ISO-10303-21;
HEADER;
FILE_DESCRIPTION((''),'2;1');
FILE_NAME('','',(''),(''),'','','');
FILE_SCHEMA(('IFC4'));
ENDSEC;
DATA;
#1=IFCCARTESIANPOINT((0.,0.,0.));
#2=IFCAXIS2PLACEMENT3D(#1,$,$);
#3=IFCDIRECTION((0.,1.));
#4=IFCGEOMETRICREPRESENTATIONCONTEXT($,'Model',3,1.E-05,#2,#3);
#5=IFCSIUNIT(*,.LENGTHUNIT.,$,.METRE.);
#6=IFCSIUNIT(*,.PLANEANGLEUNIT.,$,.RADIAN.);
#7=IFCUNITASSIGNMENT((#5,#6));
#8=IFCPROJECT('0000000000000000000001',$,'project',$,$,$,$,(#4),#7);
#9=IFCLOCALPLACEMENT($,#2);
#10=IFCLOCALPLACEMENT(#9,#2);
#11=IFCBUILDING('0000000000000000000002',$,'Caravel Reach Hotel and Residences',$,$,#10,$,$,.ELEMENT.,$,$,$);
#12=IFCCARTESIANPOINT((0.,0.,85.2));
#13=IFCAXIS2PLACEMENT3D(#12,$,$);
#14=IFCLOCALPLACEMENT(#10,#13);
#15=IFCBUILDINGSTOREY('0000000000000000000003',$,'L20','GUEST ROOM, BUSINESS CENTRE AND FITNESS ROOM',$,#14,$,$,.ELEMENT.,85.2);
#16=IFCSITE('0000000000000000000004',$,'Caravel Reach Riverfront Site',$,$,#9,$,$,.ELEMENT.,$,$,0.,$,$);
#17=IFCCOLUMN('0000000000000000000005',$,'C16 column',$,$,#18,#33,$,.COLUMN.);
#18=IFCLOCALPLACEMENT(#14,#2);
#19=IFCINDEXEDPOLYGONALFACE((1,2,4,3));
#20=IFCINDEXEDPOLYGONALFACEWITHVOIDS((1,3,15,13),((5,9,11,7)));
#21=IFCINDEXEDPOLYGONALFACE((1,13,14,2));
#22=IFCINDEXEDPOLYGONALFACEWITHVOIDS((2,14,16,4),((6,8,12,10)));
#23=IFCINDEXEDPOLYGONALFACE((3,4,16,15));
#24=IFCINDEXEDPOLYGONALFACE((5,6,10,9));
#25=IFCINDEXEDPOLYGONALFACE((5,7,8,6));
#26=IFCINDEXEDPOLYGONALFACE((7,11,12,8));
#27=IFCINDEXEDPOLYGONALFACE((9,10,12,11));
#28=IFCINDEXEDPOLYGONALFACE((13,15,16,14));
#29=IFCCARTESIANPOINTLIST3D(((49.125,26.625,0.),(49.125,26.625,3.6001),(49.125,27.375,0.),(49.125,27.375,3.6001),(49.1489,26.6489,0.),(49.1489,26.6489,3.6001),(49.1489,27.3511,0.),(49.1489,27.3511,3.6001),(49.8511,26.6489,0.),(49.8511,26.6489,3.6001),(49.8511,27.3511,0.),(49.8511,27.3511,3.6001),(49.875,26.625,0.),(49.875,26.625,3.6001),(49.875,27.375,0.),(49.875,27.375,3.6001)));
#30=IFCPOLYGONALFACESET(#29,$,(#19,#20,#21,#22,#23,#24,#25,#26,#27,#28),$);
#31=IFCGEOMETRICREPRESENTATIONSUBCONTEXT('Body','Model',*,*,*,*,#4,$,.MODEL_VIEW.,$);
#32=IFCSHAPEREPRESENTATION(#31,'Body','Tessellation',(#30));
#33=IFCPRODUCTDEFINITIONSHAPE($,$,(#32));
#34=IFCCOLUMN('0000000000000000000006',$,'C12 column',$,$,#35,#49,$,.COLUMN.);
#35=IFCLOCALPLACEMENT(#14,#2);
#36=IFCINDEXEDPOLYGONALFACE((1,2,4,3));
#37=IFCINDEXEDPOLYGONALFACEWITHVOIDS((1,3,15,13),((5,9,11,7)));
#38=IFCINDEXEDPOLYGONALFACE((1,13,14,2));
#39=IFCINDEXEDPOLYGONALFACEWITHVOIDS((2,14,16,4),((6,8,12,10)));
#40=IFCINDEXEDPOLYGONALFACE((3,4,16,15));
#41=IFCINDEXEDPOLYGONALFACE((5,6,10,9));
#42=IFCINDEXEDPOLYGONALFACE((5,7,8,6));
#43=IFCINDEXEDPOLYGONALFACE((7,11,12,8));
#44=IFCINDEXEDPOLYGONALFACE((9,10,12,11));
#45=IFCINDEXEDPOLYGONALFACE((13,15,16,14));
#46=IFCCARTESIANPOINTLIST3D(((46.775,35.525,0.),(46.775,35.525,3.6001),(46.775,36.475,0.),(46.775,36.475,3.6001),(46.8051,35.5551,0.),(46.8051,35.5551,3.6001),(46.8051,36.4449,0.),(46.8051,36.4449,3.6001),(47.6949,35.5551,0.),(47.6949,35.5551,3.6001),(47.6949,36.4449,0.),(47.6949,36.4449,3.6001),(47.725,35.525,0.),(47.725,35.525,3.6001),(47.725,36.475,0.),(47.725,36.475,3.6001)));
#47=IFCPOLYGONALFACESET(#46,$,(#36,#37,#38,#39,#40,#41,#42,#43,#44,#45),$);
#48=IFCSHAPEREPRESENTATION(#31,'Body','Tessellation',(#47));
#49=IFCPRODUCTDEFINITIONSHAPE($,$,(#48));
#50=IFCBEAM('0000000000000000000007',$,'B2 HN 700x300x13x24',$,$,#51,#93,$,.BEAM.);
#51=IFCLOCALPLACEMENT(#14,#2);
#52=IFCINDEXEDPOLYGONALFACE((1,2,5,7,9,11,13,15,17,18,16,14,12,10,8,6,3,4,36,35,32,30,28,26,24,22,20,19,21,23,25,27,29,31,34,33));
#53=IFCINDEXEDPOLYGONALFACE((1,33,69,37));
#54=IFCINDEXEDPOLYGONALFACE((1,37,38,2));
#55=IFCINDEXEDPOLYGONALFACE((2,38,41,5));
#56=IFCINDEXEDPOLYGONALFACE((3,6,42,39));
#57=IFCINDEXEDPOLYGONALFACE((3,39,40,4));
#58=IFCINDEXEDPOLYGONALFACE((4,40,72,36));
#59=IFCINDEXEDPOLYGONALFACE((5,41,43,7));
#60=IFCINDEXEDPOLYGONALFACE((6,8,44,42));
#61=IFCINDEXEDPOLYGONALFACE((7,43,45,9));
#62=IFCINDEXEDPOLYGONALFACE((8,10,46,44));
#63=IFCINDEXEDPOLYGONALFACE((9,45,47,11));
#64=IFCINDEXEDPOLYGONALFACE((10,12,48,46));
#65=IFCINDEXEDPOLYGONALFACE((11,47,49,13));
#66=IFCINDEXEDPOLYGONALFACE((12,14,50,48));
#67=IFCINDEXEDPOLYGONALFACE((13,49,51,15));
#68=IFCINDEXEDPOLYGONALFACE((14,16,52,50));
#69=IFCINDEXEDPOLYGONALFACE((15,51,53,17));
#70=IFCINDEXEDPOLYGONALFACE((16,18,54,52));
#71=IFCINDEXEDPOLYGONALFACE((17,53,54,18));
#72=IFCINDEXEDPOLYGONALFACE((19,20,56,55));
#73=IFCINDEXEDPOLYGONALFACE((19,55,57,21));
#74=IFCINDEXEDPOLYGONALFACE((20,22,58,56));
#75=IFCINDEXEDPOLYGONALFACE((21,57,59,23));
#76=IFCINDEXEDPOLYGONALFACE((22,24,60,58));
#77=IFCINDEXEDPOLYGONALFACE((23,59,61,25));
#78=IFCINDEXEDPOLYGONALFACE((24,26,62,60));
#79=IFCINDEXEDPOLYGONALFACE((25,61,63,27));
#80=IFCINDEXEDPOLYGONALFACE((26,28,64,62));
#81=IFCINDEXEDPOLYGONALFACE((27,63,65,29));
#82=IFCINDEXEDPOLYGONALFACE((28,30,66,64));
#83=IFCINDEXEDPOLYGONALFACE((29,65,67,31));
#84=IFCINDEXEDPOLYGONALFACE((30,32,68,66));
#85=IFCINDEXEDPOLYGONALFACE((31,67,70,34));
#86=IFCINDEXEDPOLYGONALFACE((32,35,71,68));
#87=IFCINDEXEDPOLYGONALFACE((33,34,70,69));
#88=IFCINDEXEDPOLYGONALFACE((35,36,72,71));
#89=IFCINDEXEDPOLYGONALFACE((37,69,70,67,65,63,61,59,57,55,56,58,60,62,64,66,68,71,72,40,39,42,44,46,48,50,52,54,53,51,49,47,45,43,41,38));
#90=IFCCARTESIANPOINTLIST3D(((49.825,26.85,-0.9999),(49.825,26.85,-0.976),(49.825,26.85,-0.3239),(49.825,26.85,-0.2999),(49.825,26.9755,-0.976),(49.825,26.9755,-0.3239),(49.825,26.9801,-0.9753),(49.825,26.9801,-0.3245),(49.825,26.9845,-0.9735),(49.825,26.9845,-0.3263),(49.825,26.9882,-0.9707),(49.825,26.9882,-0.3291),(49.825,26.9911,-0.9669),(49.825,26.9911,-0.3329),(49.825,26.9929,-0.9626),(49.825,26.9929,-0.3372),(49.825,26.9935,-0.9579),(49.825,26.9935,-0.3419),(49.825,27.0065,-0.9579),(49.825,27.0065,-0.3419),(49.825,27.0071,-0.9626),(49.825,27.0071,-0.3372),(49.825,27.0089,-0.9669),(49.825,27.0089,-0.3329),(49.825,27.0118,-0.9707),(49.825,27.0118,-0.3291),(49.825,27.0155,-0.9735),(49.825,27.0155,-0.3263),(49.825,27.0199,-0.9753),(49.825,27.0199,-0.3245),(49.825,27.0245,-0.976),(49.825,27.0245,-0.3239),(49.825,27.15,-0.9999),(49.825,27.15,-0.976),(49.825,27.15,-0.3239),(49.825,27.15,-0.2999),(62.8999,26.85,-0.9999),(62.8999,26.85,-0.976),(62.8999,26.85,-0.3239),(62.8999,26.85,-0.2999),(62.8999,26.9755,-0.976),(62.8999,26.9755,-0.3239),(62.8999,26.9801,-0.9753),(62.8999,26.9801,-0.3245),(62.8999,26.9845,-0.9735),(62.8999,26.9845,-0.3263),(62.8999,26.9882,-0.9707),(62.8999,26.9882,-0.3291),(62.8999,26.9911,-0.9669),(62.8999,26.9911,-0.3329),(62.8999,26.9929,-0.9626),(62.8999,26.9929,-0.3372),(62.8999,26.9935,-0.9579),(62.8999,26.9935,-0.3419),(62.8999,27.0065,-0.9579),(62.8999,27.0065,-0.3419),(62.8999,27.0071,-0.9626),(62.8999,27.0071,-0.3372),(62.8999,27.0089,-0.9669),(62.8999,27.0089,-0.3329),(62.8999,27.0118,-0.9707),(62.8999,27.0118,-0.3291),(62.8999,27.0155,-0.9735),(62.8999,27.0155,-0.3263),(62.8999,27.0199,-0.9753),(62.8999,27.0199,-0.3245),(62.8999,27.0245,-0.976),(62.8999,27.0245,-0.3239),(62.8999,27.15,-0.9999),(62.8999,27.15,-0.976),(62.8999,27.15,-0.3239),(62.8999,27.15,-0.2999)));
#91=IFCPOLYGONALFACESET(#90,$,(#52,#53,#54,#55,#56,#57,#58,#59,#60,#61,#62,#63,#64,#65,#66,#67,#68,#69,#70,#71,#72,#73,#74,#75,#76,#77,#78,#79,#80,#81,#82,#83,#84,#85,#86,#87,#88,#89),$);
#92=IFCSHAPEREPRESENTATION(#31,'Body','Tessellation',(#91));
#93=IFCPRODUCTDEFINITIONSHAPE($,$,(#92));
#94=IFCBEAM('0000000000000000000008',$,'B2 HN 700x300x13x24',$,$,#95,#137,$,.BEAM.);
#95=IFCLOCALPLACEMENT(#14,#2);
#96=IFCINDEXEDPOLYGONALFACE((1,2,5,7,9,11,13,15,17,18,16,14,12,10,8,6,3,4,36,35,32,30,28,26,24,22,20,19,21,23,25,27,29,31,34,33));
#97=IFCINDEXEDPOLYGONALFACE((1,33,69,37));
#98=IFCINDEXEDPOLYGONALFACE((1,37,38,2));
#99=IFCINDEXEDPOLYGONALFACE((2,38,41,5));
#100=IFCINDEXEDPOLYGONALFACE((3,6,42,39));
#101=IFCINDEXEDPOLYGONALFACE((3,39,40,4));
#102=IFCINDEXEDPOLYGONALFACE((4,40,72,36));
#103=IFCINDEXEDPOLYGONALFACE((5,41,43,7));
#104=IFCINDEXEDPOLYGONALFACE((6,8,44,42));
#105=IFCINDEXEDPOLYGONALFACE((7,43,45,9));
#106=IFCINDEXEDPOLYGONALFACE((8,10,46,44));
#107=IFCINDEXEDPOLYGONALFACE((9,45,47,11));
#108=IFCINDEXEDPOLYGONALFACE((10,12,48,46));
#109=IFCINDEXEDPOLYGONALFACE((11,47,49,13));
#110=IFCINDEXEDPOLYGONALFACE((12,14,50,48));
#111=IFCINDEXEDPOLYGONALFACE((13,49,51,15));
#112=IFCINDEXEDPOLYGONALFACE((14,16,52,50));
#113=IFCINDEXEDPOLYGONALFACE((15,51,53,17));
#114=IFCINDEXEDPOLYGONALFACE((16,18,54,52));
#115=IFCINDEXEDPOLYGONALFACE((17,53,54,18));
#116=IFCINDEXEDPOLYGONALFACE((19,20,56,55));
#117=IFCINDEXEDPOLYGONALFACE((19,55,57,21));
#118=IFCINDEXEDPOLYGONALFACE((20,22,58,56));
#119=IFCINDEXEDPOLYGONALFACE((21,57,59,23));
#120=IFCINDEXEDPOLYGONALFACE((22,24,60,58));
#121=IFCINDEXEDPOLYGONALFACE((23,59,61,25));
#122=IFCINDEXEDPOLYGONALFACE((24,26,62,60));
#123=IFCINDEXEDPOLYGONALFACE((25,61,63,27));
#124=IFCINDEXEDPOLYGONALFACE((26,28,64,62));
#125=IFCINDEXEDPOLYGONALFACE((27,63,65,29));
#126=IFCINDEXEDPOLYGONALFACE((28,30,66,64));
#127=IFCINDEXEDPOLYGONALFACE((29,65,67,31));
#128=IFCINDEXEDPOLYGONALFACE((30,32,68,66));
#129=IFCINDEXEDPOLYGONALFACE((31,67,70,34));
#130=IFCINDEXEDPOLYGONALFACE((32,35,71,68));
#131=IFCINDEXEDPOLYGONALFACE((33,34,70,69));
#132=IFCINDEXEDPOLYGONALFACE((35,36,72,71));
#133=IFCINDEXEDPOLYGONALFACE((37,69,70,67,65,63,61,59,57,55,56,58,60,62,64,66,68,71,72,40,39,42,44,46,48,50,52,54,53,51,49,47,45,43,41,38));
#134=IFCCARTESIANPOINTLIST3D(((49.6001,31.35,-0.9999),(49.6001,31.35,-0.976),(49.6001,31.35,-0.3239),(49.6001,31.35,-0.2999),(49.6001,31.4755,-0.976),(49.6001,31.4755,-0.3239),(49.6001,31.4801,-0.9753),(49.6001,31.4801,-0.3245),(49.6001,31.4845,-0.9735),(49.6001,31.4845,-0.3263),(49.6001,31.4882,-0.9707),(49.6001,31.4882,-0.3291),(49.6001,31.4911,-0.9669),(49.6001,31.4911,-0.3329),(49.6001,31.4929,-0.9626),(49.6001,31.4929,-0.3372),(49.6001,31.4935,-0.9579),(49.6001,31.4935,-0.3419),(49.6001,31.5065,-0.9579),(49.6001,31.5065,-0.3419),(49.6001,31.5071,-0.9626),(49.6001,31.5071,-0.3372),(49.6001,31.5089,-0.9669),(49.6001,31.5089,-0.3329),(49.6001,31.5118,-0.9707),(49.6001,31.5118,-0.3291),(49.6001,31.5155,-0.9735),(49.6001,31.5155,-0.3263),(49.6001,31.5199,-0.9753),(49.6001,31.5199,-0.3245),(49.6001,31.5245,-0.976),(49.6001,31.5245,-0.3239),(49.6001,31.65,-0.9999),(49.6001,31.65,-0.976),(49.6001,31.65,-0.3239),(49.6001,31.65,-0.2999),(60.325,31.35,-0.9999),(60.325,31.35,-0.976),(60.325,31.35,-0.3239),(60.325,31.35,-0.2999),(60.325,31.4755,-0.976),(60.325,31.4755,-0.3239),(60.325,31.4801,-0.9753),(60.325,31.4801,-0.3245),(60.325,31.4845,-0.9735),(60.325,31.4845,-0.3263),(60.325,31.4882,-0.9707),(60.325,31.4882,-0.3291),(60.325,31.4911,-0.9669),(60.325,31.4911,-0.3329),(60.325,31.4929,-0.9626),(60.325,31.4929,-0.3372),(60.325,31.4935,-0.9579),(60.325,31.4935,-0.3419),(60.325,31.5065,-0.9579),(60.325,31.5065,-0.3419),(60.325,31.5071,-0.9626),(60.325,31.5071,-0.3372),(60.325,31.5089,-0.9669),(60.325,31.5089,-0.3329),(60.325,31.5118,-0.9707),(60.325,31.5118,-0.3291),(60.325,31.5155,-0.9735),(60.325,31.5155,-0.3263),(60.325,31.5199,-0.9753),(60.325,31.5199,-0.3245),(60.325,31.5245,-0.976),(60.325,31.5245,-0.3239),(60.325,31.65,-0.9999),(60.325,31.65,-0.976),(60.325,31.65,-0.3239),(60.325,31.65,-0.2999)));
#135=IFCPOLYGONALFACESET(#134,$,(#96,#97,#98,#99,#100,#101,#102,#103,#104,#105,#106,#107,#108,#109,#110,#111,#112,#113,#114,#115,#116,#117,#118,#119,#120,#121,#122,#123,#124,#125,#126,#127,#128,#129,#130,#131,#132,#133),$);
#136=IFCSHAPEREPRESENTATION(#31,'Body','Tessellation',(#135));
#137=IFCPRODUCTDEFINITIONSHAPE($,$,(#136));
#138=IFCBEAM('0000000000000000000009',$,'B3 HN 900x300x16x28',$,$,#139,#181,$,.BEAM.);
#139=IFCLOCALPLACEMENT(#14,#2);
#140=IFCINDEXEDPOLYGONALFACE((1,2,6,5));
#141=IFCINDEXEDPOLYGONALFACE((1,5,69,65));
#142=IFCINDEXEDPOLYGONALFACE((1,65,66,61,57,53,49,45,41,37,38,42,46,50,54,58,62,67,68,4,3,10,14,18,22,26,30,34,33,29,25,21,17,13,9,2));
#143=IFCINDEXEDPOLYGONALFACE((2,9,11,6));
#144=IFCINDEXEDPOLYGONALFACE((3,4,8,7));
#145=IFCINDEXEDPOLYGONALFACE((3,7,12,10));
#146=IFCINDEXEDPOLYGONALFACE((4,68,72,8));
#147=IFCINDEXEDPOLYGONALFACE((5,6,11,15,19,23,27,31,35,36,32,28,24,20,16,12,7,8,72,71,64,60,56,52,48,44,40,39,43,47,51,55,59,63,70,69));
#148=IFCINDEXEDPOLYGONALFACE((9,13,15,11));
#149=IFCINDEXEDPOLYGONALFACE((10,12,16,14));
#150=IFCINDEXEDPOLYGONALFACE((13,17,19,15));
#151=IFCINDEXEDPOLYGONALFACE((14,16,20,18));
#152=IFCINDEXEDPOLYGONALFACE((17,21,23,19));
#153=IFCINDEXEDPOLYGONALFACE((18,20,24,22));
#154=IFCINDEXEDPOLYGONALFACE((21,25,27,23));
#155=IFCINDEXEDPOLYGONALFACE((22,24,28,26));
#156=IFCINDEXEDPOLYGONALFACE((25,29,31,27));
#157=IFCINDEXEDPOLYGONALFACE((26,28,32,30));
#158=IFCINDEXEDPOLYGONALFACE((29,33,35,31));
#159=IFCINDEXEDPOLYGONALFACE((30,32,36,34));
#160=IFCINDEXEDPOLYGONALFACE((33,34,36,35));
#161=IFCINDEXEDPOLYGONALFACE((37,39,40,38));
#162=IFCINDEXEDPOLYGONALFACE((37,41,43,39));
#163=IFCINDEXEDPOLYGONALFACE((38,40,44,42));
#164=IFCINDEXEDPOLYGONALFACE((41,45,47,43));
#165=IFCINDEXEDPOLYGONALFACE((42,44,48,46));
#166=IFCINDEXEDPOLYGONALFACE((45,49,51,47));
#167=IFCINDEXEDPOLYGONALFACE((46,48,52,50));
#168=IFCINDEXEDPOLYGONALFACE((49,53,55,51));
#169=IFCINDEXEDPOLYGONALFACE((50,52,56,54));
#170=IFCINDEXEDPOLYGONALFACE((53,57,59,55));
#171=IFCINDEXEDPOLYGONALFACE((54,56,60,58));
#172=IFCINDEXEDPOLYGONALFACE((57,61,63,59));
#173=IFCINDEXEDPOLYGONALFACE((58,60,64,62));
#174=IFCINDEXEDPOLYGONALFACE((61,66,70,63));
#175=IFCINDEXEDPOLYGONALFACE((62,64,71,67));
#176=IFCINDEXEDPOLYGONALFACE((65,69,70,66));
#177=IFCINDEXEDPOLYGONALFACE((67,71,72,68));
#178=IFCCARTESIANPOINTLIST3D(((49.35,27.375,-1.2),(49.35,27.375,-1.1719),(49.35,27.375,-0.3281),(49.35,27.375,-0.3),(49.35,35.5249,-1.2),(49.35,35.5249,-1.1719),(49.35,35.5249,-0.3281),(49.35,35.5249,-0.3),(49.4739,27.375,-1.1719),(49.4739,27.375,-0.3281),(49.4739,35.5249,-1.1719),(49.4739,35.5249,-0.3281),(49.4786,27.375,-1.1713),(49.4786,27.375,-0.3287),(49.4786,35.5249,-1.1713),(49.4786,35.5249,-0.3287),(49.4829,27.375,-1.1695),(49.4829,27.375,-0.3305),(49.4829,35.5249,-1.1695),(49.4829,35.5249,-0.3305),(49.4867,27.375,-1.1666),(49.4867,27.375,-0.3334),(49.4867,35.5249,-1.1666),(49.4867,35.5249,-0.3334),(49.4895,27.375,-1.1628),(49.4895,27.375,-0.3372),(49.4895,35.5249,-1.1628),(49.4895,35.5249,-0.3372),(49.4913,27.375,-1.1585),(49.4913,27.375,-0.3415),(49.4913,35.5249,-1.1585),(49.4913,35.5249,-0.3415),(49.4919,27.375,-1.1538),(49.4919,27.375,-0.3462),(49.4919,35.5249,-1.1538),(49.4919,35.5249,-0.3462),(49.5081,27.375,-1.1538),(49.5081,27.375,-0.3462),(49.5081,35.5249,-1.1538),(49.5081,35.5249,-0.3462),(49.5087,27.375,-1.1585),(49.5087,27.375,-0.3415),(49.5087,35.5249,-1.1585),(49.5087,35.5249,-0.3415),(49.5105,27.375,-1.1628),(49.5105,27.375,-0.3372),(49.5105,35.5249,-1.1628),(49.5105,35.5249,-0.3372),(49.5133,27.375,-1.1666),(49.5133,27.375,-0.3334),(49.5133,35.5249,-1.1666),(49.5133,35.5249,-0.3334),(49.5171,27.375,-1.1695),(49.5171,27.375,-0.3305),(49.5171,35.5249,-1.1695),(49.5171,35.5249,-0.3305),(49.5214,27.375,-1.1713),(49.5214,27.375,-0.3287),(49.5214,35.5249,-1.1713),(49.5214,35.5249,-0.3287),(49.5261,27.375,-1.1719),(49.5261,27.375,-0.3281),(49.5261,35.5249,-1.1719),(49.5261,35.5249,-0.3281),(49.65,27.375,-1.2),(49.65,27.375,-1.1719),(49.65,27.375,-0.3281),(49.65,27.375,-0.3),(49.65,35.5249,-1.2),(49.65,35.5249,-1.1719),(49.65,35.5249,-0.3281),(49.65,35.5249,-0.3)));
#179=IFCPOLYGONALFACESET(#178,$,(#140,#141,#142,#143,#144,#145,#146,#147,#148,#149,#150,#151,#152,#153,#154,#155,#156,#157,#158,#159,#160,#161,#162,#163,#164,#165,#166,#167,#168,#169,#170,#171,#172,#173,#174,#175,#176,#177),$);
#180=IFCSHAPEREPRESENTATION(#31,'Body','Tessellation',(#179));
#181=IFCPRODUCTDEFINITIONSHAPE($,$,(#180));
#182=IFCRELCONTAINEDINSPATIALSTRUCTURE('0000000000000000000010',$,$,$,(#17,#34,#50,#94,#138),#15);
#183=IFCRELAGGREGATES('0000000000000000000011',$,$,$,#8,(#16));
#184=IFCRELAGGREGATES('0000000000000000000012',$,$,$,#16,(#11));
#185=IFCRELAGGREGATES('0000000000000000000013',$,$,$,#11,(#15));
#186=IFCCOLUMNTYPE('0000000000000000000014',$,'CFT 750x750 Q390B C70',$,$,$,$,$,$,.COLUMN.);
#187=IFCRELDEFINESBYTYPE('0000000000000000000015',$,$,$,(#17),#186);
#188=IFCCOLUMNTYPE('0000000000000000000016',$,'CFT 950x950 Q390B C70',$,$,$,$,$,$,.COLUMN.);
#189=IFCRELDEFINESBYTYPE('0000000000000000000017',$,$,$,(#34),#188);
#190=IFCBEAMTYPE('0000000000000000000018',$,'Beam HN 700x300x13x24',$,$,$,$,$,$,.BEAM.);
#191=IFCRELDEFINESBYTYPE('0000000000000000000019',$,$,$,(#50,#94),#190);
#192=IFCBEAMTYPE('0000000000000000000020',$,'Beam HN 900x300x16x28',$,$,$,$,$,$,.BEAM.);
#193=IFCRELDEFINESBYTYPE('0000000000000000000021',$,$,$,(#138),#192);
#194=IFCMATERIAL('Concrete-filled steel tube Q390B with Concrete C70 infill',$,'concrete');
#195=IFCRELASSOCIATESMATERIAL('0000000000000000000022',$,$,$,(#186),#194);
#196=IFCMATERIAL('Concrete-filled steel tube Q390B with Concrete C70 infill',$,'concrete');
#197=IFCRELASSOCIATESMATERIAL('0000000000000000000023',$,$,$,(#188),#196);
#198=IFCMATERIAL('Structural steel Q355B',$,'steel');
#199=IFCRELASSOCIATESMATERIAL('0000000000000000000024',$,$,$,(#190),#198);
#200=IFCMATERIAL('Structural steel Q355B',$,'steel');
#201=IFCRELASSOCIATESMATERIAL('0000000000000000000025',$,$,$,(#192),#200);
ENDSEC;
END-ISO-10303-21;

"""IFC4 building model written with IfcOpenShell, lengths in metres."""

from ifc_helpers import new_model, si_unit, direction, frame, origin, origin_2d, place, context, subcontext, project, spatial, hollow_rectangle, i_section, extrude, material, material_profile, profile_set, type_object, element, save


model = new_model("IFC4")

# Units and contexts
model_context = context("Model", 3, precision=1e-05, world=origin(), true_north=direction((0.0, 1.0)))
body_context = subcontext(model_context, "Body", "Model", "MODEL_VIEW")
ifc_project = project(units=[si_unit("LENGTHUNIT", "METRE"), si_unit("PLANEANGLEUNIT", "RADIAN")], contexts=[model_context])

# Site, building, storey
site_placement = place(None, origin())
site = spatial("IfcSite", under=ifc_project, at=site_placement, Name="Caravel Reach Riverfront Site", CompositionType="ELEMENT", RefElevation=0.0)
building_placement = place(site_placement, origin())
building = spatial("IfcBuilding", under=site, at=building_placement, Name="Caravel Reach Hotel and Residences", CompositionType="ELEMENT")
storey_placement = place(building_placement, frame((0.0, 0.0, 85.2)))
storey = spatial("IfcBuildingStorey", under=building, at=storey_placement, Name="L20", Description="GUEST ROOM, BUSINESS CENTRE AND FITNESS ROOM", CompositionType="ELEMENT", Elevation=85.2)

# Columns
ifc_material_1 = material(Name="Concrete-filled steel tube Q390B with Concrete C70 infill", Category="concrete")
ifc_material_profile_1 = material_profile(ifc_material_1, hollow_rectangle(XDim=0.75, YDim=0.75, WallThickness=0.0239, at=origin_2d()), Name="RHS 750x750x24")
ifc_profile_set_1 = profile_set([ifc_material_profile_1], Name="Concrete-filled steel tube Q390B with Concrete C70 infill")
column_type_1 = type_object("IfcColumnType", Name="CFT 750x750 Q390B C70", PredefinedType="COLUMN", material=ifc_profile_set_1)
column_1_placement = place(storey_placement, frame((49.5, 27.0, 0.0), z_axis=(0.0, 0.0, 1.0), x_axis=(1.0, 0.0, 0.0)))
element("IfcColumn", 1, at=column_1_placement, inside=storey, type_object=column_type_1, Name="C16 column", PredefinedType="COLUMN", context=body_context, shape_type="SweptSolid", body=[
    extrude(hollow_rectangle(XDim=0.75, YDim=0.75, WallThickness=0.0239, at=origin_2d()), origin(), (0.0, 0.0, 1.0), 3.6001),
])
ifc_material_2 = material(Name="Concrete-filled steel tube Q390B with Concrete C70 infill", Category="concrete")
ifc_material_profile_2 = material_profile(ifc_material_2, hollow_rectangle(XDim=0.95, YDim=0.95, WallThickness=0.03, at=origin_2d()), Name="RHS 950x950x30")
ifc_profile_set_2 = profile_set([ifc_material_profile_2], Name="Concrete-filled steel tube Q390B with Concrete C70 infill")
column_type_2 = type_object("IfcColumnType", Name="CFT 950x950 Q390B C70", PredefinedType="COLUMN", material=ifc_profile_set_2)
column_2_placement = place(storey_placement, frame((47.25, 36.0, 0.0), z_axis=(0.0, 0.0, 1.0), x_axis=(1.0, 0.0, 0.0)))
element("IfcColumn", 2, at=column_2_placement, inside=storey, type_object=column_type_2, Name="C12 column", PredefinedType="COLUMN", context=body_context, shape_type="SweptSolid", body=[
    extrude(hollow_rectangle(XDim=0.95, YDim=0.95, WallThickness=0.03, at=origin_2d()), origin(), (0.0, 0.0, 1.0), 3.6001),
])

# Beams
ifc_material_3 = material(Name="Structural steel Q355B", Category="steel")
ifc_material_profile_3 = material_profile(ifc_material_3, i_section(OverallWidth=0.3, OverallDepth=0.7, WebThickness=0.0129, FlangeThickness=0.0239, FilletRadius=0.0181, at=origin_2d()), Name="HN 700x300x13x24")
ifc_profile_set_3 = profile_set([ifc_material_profile_3], Name="Structural steel Q355B")
beam_type_1 = type_object("IfcBeamType", Name="Beam HN 700x300x13x24", PredefinedType="BEAM", material=ifc_profile_set_3)
beam_1_placement = place(storey_placement, frame((49.825, 27.0, -0.6499), z_axis=(1.0, 0.0, 0.0), x_axis=(0.0, 1.0, 0.0)))
element("IfcBeam", 3, at=beam_1_placement, inside=storey, type_object=beam_type_1, Name="B2 HN 700x300x13x24", PredefinedType="BEAM", context=body_context, shape_type="SweptSolid", body=[
    extrude(i_section(OverallWidth=0.3, OverallDepth=0.7, WebThickness=0.0129, FlangeThickness=0.0239, FilletRadius=0.0181, at=origin_2d()), origin(), (0.0, 0.0, 1.0), 13.075),
])
beam_2_placement = place(storey_placement, frame((49.6001, 31.5, -0.6499), z_axis=(1.0, 0.0, 0.0), x_axis=(0.0, 1.0, 0.0)))
element("IfcBeam", 4, at=beam_2_placement, inside=storey, type_object=beam_type_1, Name="B2 HN 700x300x13x24", PredefinedType="BEAM", context=body_context, shape_type="SweptSolid", body=[
    extrude(i_section(OverallWidth=0.3, OverallDepth=0.7, WebThickness=0.0129, FlangeThickness=0.0239, FilletRadius=0.0181, at=origin_2d()), origin(), (0.0, 0.0, 1.0), 10.7249),
])
ifc_material_4 = material(Name="Structural steel Q355B", Category="steel")
ifc_material_profile_4 = material_profile(ifc_material_4, i_section(OverallWidth=0.3, OverallDepth=0.8999, WebThickness=0.0161, FlangeThickness=0.0281, FilletRadius=0.0181, at=origin_2d()), Name="HN 900x300x16x28")
ifc_profile_set_4 = profile_set([ifc_material_profile_4], Name="Structural steel Q355B")
beam_type_2 = type_object("IfcBeamType", Name="Beam HN 900x300x16x28", PredefinedType="BEAM", material=ifc_profile_set_4)
beam_3_placement = place(storey_placement, frame((49.5, 27.375, -0.75), z_axis=(0.0, 1.0, 0.0), x_axis=(-1.0, 0.0, 0.0)))
element("IfcBeam", 5, at=beam_3_placement, inside=storey, type_object=beam_type_2, Name="B3 HN 900x300x16x28", PredefinedType="BEAM", context=body_context, shape_type="SweptSolid", body=[
    extrude(i_section(OverallWidth=0.3, OverallDepth=0.8999, WebThickness=0.0161, FlangeThickness=0.0281, FilletRadius=0.0181, at=origin_2d()), origin(), (0.0, 0.0, 1.0), 8.1499),
])

save(model, "model.ifc")
